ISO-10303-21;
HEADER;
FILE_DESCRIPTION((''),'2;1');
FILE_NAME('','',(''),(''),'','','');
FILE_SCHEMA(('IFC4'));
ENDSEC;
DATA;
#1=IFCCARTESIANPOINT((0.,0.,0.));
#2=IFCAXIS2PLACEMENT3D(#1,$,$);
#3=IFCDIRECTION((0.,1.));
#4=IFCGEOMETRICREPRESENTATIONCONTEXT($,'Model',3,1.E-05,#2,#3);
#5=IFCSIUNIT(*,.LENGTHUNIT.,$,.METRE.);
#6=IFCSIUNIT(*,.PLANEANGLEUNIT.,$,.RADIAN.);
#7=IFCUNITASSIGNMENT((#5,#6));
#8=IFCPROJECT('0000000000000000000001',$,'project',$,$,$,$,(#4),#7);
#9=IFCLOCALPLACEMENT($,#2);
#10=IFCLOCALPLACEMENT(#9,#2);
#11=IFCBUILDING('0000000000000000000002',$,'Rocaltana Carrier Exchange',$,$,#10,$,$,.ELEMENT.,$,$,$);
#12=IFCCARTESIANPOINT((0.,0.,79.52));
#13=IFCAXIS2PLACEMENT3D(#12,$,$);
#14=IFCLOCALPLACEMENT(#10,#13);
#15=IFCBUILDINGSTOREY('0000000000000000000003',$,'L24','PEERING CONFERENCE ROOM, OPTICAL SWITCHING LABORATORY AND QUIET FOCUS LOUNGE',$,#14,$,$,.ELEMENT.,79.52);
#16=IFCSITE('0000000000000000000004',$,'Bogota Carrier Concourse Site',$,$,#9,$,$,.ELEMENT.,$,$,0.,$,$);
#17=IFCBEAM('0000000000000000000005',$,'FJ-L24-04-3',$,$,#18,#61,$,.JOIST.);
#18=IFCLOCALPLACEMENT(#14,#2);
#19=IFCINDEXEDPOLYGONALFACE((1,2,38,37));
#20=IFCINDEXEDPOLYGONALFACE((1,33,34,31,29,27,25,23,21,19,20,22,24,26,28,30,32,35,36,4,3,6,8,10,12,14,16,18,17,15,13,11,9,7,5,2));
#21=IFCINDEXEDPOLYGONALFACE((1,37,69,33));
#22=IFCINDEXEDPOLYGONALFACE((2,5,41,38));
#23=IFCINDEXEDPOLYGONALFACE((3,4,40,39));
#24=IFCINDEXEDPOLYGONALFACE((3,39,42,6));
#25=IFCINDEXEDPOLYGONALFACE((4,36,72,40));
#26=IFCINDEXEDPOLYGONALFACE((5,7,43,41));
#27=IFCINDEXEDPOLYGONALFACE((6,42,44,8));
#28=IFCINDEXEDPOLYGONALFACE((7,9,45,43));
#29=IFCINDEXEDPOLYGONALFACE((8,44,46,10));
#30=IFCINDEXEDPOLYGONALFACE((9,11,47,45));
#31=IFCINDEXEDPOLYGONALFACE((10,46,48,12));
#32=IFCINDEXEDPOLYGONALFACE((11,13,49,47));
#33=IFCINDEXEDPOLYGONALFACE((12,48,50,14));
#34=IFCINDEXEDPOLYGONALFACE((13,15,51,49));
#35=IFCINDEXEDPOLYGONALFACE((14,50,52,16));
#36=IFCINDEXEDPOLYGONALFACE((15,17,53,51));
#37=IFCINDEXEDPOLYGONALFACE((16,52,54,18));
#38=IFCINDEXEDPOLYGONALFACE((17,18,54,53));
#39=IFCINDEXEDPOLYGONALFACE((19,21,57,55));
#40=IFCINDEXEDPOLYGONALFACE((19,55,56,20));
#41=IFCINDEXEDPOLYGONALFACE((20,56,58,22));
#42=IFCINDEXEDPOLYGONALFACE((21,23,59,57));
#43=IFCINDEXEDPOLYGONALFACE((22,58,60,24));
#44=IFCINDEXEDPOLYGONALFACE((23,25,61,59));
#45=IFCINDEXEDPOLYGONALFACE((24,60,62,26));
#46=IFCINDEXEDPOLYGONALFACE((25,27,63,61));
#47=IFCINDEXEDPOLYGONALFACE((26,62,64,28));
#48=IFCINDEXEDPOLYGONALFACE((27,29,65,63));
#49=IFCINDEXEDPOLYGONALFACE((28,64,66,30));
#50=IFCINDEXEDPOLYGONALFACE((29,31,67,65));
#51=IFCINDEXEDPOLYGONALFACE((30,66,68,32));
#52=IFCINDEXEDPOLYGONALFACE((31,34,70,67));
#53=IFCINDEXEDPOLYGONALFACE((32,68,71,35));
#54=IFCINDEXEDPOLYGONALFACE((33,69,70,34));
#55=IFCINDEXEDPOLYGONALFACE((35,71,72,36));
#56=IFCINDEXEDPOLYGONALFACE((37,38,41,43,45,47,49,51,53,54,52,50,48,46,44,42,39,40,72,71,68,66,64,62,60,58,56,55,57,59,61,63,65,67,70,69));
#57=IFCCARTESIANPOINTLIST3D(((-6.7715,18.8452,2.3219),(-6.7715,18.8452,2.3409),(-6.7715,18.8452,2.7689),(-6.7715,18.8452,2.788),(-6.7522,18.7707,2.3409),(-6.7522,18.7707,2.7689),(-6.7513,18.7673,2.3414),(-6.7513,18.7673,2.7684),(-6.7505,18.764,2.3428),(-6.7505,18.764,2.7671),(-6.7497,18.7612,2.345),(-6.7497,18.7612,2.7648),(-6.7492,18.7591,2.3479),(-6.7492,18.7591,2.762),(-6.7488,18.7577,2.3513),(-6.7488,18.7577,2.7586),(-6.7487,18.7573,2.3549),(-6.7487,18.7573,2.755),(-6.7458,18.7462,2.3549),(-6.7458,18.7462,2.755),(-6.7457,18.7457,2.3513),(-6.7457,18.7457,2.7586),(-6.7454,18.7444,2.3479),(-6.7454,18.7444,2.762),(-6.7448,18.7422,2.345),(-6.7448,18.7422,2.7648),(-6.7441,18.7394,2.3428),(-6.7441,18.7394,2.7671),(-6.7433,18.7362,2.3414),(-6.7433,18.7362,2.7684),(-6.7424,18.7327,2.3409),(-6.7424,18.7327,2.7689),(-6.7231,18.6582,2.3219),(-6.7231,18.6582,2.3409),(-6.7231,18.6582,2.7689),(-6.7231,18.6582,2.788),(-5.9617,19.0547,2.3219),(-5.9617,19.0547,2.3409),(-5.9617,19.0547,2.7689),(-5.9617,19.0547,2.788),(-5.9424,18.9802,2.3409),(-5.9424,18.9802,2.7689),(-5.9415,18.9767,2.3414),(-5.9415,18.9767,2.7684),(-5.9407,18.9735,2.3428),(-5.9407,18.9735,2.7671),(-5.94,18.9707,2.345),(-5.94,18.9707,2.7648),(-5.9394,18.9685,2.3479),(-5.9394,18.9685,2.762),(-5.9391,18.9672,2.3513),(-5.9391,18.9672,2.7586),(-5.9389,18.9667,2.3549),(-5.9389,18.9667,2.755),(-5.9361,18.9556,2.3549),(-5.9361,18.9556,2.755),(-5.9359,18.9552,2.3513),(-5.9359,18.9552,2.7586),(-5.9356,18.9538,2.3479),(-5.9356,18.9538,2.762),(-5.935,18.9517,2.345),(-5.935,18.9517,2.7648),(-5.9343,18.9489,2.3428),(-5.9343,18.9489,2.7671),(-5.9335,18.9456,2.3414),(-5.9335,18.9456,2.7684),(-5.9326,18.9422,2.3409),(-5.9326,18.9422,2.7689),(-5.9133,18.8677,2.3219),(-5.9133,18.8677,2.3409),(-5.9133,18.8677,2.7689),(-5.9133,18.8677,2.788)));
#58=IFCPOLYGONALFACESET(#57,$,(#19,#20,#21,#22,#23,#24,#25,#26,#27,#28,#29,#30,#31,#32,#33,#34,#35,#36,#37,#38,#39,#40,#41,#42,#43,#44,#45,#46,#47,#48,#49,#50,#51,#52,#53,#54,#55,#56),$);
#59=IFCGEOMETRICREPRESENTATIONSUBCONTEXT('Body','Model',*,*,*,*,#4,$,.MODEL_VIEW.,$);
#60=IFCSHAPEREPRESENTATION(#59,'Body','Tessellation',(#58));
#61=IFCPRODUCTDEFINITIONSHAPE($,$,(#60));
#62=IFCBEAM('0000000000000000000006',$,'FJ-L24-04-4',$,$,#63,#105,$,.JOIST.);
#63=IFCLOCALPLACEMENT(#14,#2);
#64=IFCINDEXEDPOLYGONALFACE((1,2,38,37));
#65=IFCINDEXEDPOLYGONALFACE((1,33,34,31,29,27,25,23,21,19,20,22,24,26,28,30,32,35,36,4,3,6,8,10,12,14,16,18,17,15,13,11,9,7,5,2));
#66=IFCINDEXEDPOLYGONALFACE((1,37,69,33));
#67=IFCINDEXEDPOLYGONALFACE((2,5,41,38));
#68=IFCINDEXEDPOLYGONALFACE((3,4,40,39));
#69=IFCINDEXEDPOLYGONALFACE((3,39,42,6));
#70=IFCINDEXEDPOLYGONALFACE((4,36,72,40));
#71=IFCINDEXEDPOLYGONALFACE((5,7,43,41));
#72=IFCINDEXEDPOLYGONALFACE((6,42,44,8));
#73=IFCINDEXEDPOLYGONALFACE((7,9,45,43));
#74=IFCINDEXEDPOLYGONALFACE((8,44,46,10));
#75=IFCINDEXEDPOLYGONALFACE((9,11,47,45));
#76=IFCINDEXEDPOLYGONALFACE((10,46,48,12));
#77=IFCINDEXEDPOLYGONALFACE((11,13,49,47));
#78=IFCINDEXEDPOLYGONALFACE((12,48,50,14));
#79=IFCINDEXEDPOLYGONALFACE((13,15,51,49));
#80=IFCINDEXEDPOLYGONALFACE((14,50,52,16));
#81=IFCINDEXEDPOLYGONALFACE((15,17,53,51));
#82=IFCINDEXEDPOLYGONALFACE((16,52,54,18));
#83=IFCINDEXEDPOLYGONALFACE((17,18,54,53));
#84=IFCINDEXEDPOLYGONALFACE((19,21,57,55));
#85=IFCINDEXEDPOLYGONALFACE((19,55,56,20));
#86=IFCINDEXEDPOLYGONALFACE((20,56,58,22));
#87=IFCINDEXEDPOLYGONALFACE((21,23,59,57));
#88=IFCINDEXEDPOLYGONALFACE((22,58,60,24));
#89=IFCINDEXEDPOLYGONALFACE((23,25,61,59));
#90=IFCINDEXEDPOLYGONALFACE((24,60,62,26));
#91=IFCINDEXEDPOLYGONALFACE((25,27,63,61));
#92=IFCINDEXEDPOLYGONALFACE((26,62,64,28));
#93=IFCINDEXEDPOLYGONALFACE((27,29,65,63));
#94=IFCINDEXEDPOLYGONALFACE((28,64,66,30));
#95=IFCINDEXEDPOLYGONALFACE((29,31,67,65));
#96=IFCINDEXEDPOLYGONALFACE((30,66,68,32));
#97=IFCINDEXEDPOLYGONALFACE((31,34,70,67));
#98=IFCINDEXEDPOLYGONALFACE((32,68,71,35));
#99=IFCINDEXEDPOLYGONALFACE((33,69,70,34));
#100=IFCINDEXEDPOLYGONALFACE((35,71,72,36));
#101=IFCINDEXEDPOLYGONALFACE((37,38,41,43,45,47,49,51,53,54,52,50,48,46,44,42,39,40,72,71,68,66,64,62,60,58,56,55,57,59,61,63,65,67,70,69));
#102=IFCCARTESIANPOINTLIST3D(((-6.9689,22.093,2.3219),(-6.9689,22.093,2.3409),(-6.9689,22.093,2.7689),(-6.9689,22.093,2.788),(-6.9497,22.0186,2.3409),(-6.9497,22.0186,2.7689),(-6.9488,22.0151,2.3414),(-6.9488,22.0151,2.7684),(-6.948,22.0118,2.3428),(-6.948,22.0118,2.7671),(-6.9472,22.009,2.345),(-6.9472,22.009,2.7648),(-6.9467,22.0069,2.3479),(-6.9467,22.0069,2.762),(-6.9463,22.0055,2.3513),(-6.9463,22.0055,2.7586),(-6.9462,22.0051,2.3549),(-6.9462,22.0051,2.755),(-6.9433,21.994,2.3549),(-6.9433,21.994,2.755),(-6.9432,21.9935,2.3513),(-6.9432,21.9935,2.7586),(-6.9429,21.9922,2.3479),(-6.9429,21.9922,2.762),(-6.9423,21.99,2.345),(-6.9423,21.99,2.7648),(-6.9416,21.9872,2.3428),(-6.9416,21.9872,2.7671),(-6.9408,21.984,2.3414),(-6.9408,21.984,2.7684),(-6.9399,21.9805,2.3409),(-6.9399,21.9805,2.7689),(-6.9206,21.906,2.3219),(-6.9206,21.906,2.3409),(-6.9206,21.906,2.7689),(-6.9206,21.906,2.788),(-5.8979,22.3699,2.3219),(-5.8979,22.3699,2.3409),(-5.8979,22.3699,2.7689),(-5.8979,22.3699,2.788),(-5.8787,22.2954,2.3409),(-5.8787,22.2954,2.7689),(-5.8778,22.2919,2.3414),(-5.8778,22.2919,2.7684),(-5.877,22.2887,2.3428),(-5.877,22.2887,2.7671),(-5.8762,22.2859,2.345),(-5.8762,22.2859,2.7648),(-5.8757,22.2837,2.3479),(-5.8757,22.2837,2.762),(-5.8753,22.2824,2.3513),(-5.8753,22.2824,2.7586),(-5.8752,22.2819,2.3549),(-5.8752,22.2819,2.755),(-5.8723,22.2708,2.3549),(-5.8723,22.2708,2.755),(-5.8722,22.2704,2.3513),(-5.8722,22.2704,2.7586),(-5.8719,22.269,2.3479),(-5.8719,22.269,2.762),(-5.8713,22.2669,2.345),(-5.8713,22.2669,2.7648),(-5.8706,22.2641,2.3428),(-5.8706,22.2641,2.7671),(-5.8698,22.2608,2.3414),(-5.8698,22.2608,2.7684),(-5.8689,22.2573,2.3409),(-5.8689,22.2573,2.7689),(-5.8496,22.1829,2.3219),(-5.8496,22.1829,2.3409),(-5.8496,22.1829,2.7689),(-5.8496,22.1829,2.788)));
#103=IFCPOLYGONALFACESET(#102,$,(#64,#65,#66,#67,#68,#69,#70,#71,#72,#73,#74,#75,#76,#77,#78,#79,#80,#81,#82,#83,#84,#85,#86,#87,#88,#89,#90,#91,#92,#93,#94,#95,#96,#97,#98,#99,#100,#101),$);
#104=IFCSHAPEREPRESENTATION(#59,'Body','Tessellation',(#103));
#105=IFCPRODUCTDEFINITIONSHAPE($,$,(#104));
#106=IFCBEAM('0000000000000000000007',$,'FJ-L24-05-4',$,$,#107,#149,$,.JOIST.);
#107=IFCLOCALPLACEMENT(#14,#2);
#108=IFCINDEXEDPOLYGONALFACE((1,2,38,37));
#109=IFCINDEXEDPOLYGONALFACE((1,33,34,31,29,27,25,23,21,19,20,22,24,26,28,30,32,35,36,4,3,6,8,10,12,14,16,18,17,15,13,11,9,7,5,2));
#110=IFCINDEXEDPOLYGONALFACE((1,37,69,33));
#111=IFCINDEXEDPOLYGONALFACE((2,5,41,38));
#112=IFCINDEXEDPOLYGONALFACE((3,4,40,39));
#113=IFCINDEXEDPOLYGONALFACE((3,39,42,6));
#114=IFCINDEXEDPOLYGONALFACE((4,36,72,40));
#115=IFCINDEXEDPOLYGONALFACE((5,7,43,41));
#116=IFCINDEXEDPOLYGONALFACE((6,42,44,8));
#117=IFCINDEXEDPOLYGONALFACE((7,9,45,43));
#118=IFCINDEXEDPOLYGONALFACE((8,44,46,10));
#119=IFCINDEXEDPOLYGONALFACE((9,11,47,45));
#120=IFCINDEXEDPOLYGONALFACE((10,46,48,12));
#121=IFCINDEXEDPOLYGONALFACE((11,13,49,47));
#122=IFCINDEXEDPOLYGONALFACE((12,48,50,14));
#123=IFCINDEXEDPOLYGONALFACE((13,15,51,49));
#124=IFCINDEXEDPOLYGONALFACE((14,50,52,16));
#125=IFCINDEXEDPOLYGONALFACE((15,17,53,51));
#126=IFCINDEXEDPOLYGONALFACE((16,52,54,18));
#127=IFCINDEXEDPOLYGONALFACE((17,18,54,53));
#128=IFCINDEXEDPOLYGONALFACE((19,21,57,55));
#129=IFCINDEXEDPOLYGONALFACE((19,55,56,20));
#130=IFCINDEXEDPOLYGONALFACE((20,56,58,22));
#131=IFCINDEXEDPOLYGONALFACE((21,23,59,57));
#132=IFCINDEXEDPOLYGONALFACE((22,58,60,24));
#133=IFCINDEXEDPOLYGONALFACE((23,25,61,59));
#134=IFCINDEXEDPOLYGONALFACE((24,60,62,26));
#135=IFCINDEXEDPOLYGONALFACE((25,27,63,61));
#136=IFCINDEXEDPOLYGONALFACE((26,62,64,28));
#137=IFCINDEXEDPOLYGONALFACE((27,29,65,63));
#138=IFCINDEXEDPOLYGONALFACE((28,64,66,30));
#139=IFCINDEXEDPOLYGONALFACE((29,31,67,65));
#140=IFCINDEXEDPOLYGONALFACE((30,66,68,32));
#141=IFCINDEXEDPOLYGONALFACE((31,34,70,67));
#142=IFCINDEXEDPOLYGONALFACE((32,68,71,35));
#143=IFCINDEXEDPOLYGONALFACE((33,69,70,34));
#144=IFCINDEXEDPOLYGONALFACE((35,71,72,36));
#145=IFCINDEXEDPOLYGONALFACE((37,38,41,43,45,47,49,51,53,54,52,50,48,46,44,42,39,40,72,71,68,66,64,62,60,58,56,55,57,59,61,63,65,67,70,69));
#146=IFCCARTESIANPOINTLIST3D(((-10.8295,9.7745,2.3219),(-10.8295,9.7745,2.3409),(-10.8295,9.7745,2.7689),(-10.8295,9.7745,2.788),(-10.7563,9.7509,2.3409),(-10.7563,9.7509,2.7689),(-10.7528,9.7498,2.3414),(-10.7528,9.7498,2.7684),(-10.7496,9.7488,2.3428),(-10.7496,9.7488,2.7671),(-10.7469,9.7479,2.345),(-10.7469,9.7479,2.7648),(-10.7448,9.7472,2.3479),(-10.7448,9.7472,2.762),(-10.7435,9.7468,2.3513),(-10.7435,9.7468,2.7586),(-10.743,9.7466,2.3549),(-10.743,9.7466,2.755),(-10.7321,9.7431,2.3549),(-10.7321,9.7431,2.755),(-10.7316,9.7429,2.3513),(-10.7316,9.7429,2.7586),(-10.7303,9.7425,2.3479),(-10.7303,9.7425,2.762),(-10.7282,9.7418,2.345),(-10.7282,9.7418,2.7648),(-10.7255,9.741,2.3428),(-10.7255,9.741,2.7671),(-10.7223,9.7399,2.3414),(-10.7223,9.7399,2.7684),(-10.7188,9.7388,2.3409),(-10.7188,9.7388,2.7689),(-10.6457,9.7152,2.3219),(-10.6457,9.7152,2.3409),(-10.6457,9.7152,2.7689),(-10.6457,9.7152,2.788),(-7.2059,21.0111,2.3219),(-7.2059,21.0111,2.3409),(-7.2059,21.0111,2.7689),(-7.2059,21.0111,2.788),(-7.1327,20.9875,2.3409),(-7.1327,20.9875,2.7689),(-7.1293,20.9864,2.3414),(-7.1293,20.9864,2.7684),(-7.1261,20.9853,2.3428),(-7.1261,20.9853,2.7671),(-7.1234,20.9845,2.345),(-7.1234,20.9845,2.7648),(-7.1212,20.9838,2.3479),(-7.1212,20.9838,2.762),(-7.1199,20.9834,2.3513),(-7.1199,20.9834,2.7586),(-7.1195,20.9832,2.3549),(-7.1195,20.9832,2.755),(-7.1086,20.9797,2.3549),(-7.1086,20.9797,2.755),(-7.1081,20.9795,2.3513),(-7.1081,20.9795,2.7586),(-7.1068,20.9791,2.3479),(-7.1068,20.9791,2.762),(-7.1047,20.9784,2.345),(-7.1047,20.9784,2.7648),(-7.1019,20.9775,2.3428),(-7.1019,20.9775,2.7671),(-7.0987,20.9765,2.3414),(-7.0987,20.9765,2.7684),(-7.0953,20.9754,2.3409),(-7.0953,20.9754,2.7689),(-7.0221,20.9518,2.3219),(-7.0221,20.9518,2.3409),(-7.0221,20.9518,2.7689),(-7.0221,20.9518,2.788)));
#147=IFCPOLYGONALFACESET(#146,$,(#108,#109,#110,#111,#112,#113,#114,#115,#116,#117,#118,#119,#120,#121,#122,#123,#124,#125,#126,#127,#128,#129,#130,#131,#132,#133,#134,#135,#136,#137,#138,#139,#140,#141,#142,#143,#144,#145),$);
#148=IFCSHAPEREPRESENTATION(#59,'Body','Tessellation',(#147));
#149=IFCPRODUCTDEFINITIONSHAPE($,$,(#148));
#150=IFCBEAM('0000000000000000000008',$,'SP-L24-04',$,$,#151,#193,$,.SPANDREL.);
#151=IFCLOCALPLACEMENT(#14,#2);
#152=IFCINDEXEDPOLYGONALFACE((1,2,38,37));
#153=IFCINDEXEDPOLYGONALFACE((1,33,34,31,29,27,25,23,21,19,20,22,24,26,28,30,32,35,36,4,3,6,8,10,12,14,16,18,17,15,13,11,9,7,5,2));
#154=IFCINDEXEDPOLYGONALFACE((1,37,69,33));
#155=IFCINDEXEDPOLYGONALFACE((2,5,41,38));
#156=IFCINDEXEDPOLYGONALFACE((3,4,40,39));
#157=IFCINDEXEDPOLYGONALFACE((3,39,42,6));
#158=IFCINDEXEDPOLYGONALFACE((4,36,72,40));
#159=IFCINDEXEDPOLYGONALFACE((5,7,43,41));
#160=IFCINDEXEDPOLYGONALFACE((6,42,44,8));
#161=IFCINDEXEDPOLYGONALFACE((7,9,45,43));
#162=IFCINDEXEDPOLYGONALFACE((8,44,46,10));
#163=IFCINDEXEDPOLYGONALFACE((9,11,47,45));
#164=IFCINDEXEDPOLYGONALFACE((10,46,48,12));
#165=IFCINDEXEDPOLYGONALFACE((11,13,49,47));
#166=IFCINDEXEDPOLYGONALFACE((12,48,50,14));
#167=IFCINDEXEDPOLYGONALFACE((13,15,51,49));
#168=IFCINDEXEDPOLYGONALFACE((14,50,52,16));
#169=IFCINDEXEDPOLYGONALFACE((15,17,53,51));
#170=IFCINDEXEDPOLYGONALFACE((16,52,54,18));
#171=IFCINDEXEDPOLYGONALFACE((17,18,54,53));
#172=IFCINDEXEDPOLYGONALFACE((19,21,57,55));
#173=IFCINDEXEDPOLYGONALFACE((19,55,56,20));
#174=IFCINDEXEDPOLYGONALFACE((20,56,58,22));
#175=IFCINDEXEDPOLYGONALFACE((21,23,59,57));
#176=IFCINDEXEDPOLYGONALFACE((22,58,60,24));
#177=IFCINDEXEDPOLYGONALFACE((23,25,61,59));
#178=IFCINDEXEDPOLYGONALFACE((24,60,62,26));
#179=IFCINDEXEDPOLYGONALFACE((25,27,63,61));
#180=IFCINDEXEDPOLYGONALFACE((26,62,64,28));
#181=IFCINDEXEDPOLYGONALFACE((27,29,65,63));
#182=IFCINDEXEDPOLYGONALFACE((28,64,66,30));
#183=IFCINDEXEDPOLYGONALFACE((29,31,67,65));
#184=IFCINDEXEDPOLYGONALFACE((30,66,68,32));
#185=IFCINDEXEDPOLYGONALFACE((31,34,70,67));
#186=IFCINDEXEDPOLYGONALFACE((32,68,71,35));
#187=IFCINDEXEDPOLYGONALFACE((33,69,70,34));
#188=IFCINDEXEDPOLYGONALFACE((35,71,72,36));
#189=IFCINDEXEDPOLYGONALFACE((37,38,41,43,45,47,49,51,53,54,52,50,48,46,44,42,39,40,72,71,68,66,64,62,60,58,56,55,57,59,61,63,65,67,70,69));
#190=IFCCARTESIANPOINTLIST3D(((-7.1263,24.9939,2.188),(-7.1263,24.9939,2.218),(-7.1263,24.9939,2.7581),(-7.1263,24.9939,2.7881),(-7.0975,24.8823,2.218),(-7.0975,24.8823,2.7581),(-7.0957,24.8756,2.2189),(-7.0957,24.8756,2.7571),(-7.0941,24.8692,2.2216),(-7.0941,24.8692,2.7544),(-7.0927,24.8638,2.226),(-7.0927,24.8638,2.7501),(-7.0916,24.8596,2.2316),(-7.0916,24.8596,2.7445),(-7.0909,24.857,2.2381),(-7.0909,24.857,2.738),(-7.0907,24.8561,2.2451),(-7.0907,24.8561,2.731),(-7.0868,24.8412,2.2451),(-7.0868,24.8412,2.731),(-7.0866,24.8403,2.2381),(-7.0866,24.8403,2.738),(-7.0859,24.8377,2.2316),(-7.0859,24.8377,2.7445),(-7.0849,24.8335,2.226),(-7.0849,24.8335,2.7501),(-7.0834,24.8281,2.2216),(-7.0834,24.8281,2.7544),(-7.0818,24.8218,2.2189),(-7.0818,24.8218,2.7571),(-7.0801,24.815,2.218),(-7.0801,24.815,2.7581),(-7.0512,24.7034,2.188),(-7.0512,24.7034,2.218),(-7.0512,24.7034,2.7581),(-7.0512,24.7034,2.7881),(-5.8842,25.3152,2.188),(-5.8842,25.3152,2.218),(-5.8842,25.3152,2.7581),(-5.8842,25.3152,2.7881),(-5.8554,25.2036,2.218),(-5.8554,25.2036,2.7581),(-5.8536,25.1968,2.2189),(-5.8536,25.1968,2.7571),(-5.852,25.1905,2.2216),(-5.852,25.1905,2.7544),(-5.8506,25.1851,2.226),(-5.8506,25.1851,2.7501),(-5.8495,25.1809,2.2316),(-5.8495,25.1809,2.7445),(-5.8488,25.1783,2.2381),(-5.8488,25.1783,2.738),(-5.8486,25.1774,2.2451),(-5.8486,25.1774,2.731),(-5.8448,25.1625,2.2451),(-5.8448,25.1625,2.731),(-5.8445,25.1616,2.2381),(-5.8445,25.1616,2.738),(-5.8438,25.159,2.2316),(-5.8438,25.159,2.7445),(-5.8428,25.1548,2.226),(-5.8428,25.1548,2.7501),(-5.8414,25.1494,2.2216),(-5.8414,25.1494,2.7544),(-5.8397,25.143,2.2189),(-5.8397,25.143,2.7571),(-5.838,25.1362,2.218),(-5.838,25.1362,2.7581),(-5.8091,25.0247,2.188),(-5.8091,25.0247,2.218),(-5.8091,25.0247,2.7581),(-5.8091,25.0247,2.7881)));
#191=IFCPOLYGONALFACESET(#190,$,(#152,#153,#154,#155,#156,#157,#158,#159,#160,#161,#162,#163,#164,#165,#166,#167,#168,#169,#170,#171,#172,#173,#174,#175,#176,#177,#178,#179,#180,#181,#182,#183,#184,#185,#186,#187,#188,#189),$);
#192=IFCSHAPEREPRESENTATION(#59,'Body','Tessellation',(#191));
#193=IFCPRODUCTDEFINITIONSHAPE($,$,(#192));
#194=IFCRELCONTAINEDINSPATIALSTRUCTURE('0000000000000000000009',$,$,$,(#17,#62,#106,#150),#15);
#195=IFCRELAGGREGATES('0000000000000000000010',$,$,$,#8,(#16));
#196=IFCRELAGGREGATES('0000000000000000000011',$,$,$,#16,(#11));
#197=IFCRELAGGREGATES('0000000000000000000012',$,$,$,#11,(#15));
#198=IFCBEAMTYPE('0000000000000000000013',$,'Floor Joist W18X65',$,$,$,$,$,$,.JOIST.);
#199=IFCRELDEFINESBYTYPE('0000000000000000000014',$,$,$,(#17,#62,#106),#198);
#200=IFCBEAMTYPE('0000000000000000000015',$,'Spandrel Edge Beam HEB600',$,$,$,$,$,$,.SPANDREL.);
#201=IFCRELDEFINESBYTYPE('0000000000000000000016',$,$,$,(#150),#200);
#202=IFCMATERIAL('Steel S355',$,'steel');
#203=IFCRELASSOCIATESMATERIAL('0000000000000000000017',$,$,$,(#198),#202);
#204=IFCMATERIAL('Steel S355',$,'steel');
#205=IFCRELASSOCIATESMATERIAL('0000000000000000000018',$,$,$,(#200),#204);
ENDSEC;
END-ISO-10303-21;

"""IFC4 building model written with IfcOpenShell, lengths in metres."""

from ifc_helpers import new_model, si_unit, direction, frame, origin, origin_2d, place, context, subcontext, project, spatial, i_section, extrude, material, material_profile, profile_set, type_object, element, save


model = new_model("IFC4")

# Units and contexts
model_context = context("Model", 3, precision=1e-05, world=origin(), true_north=direction((0.0, 1.0)))
body_context = subcontext(model_context, "Body", "Model", "MODEL_VIEW")
ifc_project = project(units=[si_unit("LENGTHUNIT", "METRE"), si_unit("PLANEANGLEUNIT", "RADIAN")], contexts=[model_context])

# Site, building, storey
site_placement = place(None, origin())
site = spatial("IfcSite", under=ifc_project, at=site_placement, Name="Bogota Carrier Concourse Site", CompositionType="ELEMENT", RefElevation=0.0)
building_placement = place(site_placement, origin())
building = spatial("IfcBuilding", under=site, at=building_placement, Name="Rocaltana Carrier Exchange", CompositionType="ELEMENT")
storey_placement = place(building_placement, frame((0.0, 0.0, 79.52)))
storey = spatial("IfcBuildingStorey", under=building, at=storey_placement, Name="L24", Description="PEERING CONFERENCE ROOM, OPTICAL SWITCHING LABORATORY AND QUIET FOCUS LOUNGE", CompositionType="ELEMENT", Elevation=79.52)

# Beams
ifc_material_1 = material(Name="Steel S355", Category="steel")
ifc_material_profile_1 = material_profile(ifc_material_1, i_section(OverallWidth=0.1931, OverallDepth=0.4661, WebThickness=0.0115, FlangeThickness=0.019, FilletRadius=0.0139, at=origin_2d()), Name="W18X65")
ifc_profile_set_1 = profile_set([ifc_material_profile_1], Name="Steel S355")
beam_type_1 = type_object("IfcBeamType", Name="Floor Joist W18X65", PredefinedType="JOIST", material=ifc_profile_set_1)
beam_1_placement = place(storey_placement, frame((-5.9375, 18.9612, 2.5549), z_axis=(-0.968136, -0.250425, 0.0), x_axis=(0.250425, -0.968136, 0.0)))
element("IfcBeam", 1, at=beam_1_placement, inside=storey, type_object=beam_type_1, Name="FJ-L24-04-3", PredefinedType="JOIST", context=body_context, shape_type="SweptSolid", body=[
    extrude(i_section(OverallWidth=0.1931, OverallDepth=0.4661, WebThickness=0.0115, FlangeThickness=0.019, FilletRadius=0.0139, at=origin_2d()), origin(), (0.0, 0.0, 1.0), 0.8364),
])
beam_2_placement = place(storey_placement, frame((-5.8738, 22.2764, 2.5549), z_axis=(-0.968177, -0.250265, 0.0), x_axis=(0.250265, -0.968177, 0.0)))
element("IfcBeam", 2, at=beam_2_placement, inside=storey, type_object=beam_type_1, Name="FJ-L24-04-4", PredefinedType="JOIST", context=body_context, shape_type="SweptSolid", body=[
    extrude(i_section(OverallWidth=0.1931, OverallDepth=0.4661, WebThickness=0.0115, FlangeThickness=0.019, FilletRadius=0.0139, at=origin_2d()), origin(), (0.0, 0.0, 1.0), 1.1062),
])
beam_3_placement = place(storey_placement, frame((-7.114, 20.9814, 2.5549), z_axis=(-0.306913, -0.951737, 0.0), x_axis=(0.951737, -0.306913, 0.0)))
element("IfcBeam", 3, at=beam_3_placement, inside=storey, type_object=beam_type_1, Name="FJ-L24-05-4", PredefinedType="JOIST", context=body_context, shape_type="SweptSolid", body=[
    extrude(i_section(OverallWidth=0.1931, OverallDepth=0.4661, WebThickness=0.0115, FlangeThickness=0.019, FilletRadius=0.0139, at=origin_2d()), origin(), (0.0, 0.0, 1.0), 11.8064),
])
ifc_material_2 = material(Name="Steel S355", Category="steel")
ifc_material_profile_2 = material_profile(ifc_material_2, i_section(OverallWidth=0.3, OverallDepth=0.6001, WebThickness=0.0154, FlangeThickness=0.03, FilletRadius=0.0271, at=origin_2d()), Name="HEB600")
ifc_profile_set_2 = profile_set([ifc_material_profile_2], Name="Steel S355")
beam_type_2 = type_object("IfcBeamType", Name="Spandrel Edge Beam HEB600", PredefinedType="SPANDREL", material=ifc_profile_set_2)
beam_4_placement = place(storey_placement, frame((-5.8467, 25.1699, 2.488), z_axis=(-0.968141, -0.250407, 0.0), x_axis=(0.250407, -0.968141, 0.0)))
element("IfcBeam", 4, at=beam_4_placement, inside=storey, type_object=beam_type_2, Name="SP-L24-04", PredefinedType="SPANDREL", context=body_context, shape_type="SweptSolid", body=[
    extrude(i_section(OverallWidth=0.3, OverallDepth=0.6001, WebThickness=0.0154, FlangeThickness=0.03, FilletRadius=0.0271, at=origin_2d()), origin(), (0.0, 0.0, 1.0), 1.283),
])

save(model, "model.ifc")
